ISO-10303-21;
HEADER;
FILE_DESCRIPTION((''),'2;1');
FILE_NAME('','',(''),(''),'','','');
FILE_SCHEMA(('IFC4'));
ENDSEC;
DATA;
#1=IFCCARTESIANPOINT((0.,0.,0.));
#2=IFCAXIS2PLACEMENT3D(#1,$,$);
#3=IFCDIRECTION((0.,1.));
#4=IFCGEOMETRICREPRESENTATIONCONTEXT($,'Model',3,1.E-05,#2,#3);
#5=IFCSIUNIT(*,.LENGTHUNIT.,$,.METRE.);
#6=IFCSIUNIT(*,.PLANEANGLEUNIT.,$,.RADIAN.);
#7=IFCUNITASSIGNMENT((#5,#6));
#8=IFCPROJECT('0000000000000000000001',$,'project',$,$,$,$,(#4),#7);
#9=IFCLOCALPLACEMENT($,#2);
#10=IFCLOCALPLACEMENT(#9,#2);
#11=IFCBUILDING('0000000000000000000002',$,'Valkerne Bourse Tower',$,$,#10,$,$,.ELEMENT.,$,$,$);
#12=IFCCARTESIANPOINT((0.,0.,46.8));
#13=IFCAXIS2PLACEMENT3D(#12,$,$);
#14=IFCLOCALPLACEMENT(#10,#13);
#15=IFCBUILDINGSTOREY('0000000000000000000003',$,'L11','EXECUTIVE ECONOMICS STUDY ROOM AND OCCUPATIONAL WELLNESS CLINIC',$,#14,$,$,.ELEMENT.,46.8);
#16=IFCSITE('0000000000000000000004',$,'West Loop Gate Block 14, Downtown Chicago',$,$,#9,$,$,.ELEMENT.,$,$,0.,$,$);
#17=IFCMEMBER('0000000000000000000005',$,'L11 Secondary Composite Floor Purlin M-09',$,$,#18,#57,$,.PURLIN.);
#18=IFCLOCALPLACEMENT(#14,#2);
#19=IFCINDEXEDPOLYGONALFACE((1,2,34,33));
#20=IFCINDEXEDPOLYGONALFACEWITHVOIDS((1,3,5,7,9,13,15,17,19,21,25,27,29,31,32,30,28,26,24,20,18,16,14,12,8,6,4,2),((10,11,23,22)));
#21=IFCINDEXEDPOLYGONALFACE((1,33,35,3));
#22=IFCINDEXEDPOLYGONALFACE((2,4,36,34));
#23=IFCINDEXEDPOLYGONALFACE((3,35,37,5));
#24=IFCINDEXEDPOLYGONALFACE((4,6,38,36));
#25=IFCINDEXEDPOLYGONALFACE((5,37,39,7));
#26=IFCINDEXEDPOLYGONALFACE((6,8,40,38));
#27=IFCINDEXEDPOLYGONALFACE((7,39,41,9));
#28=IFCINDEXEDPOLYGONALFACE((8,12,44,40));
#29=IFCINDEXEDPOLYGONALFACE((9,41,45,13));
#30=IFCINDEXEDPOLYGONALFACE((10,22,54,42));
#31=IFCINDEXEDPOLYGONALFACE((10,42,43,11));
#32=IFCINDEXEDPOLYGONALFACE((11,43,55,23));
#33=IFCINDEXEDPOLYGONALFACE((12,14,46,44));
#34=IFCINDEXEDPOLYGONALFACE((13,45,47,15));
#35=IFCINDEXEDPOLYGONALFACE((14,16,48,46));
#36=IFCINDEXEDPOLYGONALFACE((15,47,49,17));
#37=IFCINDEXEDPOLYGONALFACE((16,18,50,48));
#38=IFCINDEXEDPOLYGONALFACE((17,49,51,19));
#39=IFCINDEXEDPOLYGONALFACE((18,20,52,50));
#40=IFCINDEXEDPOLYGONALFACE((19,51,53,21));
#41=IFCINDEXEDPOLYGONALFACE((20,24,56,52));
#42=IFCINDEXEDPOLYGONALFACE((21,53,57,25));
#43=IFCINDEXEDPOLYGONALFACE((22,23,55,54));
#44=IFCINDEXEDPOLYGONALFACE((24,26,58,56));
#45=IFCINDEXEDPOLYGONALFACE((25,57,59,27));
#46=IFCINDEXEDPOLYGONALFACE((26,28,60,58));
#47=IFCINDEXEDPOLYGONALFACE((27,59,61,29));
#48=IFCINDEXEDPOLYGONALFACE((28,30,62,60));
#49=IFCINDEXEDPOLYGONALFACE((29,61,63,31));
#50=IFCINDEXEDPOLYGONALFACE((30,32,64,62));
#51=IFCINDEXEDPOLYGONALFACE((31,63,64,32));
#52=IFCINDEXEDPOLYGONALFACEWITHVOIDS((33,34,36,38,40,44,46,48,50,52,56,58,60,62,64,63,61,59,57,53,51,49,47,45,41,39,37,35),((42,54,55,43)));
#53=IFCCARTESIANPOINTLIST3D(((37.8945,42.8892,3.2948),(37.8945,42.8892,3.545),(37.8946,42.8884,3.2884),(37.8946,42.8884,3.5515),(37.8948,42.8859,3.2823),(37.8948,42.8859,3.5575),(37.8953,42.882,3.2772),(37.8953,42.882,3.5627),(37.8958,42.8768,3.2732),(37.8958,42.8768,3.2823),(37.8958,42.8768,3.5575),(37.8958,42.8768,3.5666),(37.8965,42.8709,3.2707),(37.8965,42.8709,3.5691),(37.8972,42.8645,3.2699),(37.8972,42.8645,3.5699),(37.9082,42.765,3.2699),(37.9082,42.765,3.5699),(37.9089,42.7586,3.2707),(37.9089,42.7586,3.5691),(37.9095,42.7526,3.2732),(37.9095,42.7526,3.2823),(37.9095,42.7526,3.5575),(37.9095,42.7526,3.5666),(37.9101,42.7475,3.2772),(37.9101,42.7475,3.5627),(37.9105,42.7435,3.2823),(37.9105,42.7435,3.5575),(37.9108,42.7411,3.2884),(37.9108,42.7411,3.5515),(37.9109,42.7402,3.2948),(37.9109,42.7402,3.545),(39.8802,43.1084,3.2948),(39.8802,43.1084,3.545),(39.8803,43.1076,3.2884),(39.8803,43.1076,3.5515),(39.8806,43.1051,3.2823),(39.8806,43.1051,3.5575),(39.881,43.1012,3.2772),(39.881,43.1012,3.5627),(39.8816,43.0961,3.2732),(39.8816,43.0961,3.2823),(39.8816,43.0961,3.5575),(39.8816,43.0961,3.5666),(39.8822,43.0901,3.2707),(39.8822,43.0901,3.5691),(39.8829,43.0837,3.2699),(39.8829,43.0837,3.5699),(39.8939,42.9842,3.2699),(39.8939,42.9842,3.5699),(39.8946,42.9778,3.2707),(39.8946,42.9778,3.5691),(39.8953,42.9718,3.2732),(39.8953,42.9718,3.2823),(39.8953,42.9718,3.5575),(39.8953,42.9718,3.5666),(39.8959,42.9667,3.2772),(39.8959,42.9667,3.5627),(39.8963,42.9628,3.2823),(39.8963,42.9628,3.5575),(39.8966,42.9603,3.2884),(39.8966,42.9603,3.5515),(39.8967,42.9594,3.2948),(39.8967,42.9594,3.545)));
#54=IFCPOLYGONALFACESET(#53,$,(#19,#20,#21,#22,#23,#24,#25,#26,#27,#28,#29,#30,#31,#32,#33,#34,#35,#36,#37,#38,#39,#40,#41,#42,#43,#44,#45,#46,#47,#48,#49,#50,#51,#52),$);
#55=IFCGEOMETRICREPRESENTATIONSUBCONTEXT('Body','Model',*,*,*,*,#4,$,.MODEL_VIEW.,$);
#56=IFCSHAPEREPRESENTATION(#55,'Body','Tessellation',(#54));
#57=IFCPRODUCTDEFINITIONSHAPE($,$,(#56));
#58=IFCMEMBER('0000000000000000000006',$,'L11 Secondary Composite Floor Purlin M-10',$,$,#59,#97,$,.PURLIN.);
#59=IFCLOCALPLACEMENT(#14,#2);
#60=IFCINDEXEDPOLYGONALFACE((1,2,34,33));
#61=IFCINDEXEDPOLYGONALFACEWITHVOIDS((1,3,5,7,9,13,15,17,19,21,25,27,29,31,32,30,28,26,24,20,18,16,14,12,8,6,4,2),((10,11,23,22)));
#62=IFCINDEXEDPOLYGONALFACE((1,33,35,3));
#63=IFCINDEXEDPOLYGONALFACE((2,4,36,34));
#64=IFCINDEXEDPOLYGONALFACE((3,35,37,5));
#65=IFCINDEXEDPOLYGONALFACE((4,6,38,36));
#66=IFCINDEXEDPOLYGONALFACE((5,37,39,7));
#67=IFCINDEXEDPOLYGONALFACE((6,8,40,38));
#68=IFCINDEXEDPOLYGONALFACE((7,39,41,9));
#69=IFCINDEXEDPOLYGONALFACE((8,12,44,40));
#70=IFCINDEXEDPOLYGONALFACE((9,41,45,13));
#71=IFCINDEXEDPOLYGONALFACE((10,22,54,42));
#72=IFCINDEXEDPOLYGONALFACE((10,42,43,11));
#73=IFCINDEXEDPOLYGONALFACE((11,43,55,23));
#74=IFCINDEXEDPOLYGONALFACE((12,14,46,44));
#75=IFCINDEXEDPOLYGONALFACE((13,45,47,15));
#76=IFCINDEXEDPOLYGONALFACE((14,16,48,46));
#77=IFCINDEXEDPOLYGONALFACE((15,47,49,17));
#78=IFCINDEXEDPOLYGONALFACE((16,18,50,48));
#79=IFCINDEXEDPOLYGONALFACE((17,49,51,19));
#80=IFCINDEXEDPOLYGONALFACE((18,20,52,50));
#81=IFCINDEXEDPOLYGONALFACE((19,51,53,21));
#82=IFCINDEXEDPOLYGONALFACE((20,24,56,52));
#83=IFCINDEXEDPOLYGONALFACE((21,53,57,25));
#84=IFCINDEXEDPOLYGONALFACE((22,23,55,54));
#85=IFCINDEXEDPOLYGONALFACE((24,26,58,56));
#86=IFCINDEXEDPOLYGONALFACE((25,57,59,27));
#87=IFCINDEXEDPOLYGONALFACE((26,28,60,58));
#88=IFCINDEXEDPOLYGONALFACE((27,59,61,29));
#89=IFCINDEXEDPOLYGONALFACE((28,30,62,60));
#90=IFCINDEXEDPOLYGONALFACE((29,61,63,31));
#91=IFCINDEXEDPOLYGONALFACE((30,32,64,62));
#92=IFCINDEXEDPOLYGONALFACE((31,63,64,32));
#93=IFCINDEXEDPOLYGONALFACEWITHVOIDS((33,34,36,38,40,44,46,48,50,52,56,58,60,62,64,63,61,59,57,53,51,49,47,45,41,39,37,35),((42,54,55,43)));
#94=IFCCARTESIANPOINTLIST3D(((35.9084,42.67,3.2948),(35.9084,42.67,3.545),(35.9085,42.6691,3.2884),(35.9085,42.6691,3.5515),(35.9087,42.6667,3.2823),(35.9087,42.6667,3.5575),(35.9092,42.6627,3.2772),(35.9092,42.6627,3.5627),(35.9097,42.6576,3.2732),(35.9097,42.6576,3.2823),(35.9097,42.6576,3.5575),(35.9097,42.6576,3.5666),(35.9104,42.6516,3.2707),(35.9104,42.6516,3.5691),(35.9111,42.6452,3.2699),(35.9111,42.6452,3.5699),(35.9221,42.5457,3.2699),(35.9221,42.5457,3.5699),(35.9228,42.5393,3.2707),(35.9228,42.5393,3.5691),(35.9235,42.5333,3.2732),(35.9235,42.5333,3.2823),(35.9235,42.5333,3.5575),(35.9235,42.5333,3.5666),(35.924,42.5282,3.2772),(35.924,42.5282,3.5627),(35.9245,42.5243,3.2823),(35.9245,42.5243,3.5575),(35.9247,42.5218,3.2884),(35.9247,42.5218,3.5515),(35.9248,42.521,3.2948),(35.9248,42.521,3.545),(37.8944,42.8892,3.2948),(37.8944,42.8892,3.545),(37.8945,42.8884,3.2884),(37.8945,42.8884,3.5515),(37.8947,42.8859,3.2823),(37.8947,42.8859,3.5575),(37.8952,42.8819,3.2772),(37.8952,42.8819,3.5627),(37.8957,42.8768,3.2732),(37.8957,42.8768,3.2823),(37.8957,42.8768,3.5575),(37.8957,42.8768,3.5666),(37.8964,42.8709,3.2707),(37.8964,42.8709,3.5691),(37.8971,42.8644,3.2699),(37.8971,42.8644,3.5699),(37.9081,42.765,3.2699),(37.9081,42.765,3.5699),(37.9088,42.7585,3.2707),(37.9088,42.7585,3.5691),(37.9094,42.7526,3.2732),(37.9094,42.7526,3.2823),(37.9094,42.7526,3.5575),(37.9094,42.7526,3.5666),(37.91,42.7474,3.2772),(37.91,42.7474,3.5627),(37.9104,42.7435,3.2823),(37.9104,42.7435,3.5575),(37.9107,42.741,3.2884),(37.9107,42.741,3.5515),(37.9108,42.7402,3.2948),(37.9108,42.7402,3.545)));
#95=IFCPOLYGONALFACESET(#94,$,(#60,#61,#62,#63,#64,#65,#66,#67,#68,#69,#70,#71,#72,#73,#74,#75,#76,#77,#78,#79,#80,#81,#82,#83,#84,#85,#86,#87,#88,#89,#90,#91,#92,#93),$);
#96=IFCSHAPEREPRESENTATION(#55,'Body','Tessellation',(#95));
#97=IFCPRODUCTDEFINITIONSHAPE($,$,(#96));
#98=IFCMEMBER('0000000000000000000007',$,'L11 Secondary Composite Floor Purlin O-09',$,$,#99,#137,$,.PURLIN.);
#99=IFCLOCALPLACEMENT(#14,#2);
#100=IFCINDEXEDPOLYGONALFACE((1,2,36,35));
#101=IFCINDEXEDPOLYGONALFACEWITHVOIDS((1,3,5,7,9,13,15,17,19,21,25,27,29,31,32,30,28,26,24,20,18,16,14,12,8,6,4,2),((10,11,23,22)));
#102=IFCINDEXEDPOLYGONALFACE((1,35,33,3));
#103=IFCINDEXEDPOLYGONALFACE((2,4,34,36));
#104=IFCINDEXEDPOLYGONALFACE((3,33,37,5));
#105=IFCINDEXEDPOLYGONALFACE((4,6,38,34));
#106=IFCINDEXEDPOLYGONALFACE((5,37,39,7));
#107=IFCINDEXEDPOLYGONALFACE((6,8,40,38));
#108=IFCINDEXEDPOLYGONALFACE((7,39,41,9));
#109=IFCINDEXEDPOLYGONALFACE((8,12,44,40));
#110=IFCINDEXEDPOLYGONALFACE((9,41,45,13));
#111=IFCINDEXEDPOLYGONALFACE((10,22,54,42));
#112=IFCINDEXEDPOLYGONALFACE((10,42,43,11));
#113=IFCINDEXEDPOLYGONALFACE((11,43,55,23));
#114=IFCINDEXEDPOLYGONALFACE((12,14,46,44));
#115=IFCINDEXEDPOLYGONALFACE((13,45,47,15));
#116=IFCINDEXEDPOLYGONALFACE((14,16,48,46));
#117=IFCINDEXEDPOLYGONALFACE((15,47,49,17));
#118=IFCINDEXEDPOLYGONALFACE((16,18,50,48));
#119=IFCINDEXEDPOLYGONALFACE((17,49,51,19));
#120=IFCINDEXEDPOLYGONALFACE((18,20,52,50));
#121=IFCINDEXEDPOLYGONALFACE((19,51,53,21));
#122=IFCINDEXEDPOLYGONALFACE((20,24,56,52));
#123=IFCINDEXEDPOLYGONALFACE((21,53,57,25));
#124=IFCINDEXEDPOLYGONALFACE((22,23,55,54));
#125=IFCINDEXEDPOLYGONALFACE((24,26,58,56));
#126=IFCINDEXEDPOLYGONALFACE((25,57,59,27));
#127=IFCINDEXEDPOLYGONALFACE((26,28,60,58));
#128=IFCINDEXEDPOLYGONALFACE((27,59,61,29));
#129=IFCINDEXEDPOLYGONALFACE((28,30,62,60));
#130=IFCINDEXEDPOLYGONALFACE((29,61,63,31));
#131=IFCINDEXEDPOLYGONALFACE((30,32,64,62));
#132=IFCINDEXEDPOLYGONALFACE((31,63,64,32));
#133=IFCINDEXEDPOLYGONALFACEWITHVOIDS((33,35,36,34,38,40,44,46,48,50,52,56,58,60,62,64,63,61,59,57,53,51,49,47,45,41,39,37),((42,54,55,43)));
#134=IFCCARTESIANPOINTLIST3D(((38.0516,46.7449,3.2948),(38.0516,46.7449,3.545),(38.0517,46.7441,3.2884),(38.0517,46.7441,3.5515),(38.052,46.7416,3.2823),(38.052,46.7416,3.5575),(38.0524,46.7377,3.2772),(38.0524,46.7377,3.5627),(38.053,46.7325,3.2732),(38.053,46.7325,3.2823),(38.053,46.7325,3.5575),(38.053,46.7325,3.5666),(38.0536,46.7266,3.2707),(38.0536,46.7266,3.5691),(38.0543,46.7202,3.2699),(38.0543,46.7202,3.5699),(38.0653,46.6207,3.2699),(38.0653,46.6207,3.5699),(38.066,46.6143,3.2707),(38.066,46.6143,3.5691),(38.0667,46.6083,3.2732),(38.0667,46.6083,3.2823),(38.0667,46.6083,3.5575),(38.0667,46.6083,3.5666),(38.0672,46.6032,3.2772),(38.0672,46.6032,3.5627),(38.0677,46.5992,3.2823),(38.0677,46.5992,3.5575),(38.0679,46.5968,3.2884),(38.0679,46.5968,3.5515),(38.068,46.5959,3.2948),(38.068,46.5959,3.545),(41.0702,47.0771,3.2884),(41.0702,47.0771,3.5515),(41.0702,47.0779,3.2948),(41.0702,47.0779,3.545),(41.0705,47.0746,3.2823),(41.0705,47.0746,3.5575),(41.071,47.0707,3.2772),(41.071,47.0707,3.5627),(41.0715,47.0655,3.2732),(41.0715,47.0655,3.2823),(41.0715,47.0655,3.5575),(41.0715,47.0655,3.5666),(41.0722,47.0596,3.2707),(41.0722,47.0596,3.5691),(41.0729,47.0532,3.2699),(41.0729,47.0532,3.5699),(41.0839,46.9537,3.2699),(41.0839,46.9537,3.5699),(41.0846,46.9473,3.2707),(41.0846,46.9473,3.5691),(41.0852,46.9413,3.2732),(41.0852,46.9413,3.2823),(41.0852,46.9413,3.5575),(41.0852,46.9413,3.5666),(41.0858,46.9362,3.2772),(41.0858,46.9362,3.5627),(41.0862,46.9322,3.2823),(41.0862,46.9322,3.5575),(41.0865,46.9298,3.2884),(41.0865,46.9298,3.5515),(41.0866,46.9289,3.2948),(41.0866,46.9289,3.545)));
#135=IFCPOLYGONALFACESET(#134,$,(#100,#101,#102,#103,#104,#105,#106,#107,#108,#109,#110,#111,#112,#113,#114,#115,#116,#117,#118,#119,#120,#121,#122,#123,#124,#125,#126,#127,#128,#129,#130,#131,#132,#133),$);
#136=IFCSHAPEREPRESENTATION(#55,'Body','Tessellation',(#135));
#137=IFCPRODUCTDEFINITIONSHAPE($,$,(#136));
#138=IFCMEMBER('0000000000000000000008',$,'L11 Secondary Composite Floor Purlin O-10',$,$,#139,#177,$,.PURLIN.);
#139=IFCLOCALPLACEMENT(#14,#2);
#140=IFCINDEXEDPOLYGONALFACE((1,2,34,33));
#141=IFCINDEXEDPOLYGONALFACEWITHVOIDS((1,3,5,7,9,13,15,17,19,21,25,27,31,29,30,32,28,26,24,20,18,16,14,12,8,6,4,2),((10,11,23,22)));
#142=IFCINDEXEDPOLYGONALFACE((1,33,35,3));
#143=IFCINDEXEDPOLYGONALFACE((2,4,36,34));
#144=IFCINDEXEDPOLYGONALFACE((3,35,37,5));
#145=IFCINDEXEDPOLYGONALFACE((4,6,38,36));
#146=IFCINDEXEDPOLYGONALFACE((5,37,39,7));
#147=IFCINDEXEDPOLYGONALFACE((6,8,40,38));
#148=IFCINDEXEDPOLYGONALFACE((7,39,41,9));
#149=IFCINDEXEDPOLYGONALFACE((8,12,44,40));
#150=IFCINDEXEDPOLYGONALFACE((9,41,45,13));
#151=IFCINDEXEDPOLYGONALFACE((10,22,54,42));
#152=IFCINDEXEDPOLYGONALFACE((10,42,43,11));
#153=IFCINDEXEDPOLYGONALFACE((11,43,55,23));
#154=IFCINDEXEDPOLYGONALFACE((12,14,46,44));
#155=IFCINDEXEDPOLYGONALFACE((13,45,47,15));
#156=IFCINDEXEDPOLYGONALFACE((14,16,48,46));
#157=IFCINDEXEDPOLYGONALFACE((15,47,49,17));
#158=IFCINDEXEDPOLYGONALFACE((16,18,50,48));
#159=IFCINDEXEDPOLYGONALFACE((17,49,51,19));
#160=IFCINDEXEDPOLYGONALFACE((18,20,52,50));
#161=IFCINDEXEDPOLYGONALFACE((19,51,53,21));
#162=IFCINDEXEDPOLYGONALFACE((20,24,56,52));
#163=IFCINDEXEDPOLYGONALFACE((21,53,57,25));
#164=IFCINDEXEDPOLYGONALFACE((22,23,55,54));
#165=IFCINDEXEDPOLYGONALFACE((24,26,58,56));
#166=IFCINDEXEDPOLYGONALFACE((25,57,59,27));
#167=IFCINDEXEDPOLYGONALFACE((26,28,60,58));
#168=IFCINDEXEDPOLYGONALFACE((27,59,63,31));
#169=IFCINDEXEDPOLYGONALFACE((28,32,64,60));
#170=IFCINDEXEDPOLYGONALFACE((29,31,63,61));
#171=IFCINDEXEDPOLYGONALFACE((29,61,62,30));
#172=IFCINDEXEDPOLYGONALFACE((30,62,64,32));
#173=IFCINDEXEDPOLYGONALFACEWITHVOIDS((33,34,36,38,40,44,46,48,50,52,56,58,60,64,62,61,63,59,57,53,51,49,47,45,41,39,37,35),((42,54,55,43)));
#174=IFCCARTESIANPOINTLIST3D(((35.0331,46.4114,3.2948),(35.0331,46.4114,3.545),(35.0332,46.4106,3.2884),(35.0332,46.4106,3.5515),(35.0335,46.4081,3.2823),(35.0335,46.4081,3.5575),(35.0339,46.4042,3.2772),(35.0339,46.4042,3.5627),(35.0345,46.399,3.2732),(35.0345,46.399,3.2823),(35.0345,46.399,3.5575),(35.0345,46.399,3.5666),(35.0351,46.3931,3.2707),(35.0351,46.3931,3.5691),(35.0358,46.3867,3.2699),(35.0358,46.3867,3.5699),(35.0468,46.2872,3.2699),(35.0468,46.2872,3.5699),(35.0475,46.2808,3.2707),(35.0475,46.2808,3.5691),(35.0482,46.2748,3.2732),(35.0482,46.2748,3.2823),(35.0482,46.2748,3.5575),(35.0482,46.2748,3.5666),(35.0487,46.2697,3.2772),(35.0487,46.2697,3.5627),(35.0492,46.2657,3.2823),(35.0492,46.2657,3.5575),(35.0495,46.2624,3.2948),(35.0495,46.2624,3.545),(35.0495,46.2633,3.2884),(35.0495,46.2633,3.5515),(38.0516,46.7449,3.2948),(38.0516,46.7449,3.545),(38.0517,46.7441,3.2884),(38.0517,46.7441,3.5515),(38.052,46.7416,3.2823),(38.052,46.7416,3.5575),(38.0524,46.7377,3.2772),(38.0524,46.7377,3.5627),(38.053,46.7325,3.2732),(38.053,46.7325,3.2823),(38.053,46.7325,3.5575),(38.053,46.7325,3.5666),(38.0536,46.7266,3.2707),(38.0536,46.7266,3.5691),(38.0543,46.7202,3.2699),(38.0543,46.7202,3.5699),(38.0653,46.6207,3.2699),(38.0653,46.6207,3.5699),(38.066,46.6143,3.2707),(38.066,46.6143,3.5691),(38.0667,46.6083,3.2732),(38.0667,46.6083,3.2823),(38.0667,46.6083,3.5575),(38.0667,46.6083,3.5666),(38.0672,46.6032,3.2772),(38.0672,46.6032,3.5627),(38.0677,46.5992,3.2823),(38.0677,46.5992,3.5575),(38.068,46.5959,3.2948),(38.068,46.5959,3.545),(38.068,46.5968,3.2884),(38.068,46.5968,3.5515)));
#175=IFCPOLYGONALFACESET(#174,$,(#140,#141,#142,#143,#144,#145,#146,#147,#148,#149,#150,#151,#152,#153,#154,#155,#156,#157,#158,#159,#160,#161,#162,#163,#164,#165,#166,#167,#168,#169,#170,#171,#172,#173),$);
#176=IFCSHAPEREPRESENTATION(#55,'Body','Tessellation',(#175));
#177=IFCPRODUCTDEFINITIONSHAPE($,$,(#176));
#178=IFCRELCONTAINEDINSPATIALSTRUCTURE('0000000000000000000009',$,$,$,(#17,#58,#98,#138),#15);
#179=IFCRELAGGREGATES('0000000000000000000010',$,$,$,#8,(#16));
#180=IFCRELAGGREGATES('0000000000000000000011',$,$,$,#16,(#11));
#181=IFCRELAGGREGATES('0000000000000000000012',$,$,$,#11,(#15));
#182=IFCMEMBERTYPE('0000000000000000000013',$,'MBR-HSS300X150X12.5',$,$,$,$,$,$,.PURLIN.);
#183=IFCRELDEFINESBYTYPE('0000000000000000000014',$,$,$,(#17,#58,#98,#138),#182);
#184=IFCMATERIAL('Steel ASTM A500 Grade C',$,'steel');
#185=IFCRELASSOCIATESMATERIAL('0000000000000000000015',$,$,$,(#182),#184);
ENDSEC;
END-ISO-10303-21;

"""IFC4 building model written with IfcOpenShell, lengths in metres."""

from ifc_helpers import new_model, si_unit, direction, frame, origin, origin_2d, place, context, subcontext, project, spatial, hollow_rectangle, extrude, material, material_profile, profile_set, type_object, element, save


model = new_model("IFC4")

# Units and contexts
model_context = context("Model", 3, precision=1e-05, world=origin(), true_north=direction((0.0, 1.0)))
body_context = subcontext(model_context, "Body", "Model", "MODEL_VIEW")
ifc_project = project(units=[si_unit("LENGTHUNIT", "METRE"), si_unit("PLANEANGLEUNIT", "RADIAN")], contexts=[model_context])

# Site, building, storey
site_placement = place(None, origin())
site = spatial("IfcSite", under=ifc_project, at=site_placement, Name="West Loop Gate Block 14, Downtown Chicago", CompositionType="ELEMENT", RefElevation=0.0)
building_placement = place(site_placement, origin())
building = spatial("IfcBuilding", under=site, at=building_placement, Name="Valkerne Bourse Tower", CompositionType="ELEMENT")
storey_placement = place(building_placement, frame((0.0, 0.0, 46.8)))
storey = spatial("IfcBuildingStorey", under=building, at=storey_placement, Name="L11", Description="EXECUTIVE ECONOMICS STUDY ROOM AND OCCUPATIONAL WELLNESS CLINIC", CompositionType="ELEMENT", Elevation=46.8)

# Members
ifc_material_1 = material(Name="Steel ASTM A500 Grade C", Category="steel")
ifc_material_profile_1 = material_profile(ifc_material_1, hollow_rectangle(XDim=0.1499, YDim=0.3, WallThickness=0.0125, OuterFilletRadius=0.0249, at=origin_2d()), Name="HSS300X150X12.5")
ifc_profile_set_1 = profile_set([ifc_material_profile_1], Name="Steel ASTM A500 Grade C")
member_type_1 = type_object("IfcMemberType", Name="MBR-HSS300X150X12.5", PredefinedType="PURLIN", material=ifc_profile_set_1)
member_1_placement = place(storey_placement, frame((39.8884, 43.0339, 3.4199), z_axis=(-0.993961, -0.109734, 0.0), x_axis=(0.109734, -0.993961, 0.0)))
element("IfcMember", 1, at=member_1_placement, inside=storey, type_object=member_type_1, Name="L11 Secondary Composite Floor Purlin M-09", PredefinedType="PURLIN", context=body_context, shape_type="SweptSolid", body=[
    extrude(hollow_rectangle(XDim=0.1499, YDim=0.3, WallThickness=0.0125, OuterFilletRadius=0.0249, at=origin_2d()), origin(), (0.0, 0.0, 1.0), 1.9978),
])
member_2_placement = place(storey_placement, frame((37.9026, 42.8147, 3.4199), z_axis=(-0.993962, -0.109721, 0.0), x_axis=(0.109721, -0.993962, 0.0)))
element("IfcMember", 2, at=member_2_placement, inside=storey, type_object=member_type_1, Name="L11 Secondary Composite Floor Purlin M-10", PredefinedType="PURLIN", context=body_context, shape_type="SweptSolid", body=[
    extrude(hollow_rectangle(XDim=0.1499, YDim=0.3, WallThickness=0.0125, OuterFilletRadius=0.0249, at=origin_2d()), origin(), (0.0, 0.0, 1.0), 1.998),
])
for number, where, z_axis, x_axis, name in (
    (3, (41.0784, 47.0034, 3.4199), (-0.99397, -0.109655, 0.0), (0.109655, -0.99397, 0.0), "L11 Secondary Composite Floor Purlin O-09"),
    (4, (38.0598, 46.6704, 3.4199), (-0.993952, -0.109814, 0.0), (0.109814, -0.993952, 0.0), "L11 Secondary Composite Floor Purlin O-10"),
):
    element("IfcMember", number, at=place(storey_placement, frame(where, z_axis=z_axis, x_axis=x_axis)), inside=storey, type_object=member_type_1, Name=name, PredefinedType="PURLIN", context=body_context, shape_type="SweptSolid", body=[
        extrude(hollow_rectangle(XDim=0.1499, YDim=0.3, WallThickness=0.0125, OuterFilletRadius=0.0249, at=origin_2d()), origin(), (0.0, 0.0, 1.0), 3.0369),
    ])

save(model, "model.ifc")
